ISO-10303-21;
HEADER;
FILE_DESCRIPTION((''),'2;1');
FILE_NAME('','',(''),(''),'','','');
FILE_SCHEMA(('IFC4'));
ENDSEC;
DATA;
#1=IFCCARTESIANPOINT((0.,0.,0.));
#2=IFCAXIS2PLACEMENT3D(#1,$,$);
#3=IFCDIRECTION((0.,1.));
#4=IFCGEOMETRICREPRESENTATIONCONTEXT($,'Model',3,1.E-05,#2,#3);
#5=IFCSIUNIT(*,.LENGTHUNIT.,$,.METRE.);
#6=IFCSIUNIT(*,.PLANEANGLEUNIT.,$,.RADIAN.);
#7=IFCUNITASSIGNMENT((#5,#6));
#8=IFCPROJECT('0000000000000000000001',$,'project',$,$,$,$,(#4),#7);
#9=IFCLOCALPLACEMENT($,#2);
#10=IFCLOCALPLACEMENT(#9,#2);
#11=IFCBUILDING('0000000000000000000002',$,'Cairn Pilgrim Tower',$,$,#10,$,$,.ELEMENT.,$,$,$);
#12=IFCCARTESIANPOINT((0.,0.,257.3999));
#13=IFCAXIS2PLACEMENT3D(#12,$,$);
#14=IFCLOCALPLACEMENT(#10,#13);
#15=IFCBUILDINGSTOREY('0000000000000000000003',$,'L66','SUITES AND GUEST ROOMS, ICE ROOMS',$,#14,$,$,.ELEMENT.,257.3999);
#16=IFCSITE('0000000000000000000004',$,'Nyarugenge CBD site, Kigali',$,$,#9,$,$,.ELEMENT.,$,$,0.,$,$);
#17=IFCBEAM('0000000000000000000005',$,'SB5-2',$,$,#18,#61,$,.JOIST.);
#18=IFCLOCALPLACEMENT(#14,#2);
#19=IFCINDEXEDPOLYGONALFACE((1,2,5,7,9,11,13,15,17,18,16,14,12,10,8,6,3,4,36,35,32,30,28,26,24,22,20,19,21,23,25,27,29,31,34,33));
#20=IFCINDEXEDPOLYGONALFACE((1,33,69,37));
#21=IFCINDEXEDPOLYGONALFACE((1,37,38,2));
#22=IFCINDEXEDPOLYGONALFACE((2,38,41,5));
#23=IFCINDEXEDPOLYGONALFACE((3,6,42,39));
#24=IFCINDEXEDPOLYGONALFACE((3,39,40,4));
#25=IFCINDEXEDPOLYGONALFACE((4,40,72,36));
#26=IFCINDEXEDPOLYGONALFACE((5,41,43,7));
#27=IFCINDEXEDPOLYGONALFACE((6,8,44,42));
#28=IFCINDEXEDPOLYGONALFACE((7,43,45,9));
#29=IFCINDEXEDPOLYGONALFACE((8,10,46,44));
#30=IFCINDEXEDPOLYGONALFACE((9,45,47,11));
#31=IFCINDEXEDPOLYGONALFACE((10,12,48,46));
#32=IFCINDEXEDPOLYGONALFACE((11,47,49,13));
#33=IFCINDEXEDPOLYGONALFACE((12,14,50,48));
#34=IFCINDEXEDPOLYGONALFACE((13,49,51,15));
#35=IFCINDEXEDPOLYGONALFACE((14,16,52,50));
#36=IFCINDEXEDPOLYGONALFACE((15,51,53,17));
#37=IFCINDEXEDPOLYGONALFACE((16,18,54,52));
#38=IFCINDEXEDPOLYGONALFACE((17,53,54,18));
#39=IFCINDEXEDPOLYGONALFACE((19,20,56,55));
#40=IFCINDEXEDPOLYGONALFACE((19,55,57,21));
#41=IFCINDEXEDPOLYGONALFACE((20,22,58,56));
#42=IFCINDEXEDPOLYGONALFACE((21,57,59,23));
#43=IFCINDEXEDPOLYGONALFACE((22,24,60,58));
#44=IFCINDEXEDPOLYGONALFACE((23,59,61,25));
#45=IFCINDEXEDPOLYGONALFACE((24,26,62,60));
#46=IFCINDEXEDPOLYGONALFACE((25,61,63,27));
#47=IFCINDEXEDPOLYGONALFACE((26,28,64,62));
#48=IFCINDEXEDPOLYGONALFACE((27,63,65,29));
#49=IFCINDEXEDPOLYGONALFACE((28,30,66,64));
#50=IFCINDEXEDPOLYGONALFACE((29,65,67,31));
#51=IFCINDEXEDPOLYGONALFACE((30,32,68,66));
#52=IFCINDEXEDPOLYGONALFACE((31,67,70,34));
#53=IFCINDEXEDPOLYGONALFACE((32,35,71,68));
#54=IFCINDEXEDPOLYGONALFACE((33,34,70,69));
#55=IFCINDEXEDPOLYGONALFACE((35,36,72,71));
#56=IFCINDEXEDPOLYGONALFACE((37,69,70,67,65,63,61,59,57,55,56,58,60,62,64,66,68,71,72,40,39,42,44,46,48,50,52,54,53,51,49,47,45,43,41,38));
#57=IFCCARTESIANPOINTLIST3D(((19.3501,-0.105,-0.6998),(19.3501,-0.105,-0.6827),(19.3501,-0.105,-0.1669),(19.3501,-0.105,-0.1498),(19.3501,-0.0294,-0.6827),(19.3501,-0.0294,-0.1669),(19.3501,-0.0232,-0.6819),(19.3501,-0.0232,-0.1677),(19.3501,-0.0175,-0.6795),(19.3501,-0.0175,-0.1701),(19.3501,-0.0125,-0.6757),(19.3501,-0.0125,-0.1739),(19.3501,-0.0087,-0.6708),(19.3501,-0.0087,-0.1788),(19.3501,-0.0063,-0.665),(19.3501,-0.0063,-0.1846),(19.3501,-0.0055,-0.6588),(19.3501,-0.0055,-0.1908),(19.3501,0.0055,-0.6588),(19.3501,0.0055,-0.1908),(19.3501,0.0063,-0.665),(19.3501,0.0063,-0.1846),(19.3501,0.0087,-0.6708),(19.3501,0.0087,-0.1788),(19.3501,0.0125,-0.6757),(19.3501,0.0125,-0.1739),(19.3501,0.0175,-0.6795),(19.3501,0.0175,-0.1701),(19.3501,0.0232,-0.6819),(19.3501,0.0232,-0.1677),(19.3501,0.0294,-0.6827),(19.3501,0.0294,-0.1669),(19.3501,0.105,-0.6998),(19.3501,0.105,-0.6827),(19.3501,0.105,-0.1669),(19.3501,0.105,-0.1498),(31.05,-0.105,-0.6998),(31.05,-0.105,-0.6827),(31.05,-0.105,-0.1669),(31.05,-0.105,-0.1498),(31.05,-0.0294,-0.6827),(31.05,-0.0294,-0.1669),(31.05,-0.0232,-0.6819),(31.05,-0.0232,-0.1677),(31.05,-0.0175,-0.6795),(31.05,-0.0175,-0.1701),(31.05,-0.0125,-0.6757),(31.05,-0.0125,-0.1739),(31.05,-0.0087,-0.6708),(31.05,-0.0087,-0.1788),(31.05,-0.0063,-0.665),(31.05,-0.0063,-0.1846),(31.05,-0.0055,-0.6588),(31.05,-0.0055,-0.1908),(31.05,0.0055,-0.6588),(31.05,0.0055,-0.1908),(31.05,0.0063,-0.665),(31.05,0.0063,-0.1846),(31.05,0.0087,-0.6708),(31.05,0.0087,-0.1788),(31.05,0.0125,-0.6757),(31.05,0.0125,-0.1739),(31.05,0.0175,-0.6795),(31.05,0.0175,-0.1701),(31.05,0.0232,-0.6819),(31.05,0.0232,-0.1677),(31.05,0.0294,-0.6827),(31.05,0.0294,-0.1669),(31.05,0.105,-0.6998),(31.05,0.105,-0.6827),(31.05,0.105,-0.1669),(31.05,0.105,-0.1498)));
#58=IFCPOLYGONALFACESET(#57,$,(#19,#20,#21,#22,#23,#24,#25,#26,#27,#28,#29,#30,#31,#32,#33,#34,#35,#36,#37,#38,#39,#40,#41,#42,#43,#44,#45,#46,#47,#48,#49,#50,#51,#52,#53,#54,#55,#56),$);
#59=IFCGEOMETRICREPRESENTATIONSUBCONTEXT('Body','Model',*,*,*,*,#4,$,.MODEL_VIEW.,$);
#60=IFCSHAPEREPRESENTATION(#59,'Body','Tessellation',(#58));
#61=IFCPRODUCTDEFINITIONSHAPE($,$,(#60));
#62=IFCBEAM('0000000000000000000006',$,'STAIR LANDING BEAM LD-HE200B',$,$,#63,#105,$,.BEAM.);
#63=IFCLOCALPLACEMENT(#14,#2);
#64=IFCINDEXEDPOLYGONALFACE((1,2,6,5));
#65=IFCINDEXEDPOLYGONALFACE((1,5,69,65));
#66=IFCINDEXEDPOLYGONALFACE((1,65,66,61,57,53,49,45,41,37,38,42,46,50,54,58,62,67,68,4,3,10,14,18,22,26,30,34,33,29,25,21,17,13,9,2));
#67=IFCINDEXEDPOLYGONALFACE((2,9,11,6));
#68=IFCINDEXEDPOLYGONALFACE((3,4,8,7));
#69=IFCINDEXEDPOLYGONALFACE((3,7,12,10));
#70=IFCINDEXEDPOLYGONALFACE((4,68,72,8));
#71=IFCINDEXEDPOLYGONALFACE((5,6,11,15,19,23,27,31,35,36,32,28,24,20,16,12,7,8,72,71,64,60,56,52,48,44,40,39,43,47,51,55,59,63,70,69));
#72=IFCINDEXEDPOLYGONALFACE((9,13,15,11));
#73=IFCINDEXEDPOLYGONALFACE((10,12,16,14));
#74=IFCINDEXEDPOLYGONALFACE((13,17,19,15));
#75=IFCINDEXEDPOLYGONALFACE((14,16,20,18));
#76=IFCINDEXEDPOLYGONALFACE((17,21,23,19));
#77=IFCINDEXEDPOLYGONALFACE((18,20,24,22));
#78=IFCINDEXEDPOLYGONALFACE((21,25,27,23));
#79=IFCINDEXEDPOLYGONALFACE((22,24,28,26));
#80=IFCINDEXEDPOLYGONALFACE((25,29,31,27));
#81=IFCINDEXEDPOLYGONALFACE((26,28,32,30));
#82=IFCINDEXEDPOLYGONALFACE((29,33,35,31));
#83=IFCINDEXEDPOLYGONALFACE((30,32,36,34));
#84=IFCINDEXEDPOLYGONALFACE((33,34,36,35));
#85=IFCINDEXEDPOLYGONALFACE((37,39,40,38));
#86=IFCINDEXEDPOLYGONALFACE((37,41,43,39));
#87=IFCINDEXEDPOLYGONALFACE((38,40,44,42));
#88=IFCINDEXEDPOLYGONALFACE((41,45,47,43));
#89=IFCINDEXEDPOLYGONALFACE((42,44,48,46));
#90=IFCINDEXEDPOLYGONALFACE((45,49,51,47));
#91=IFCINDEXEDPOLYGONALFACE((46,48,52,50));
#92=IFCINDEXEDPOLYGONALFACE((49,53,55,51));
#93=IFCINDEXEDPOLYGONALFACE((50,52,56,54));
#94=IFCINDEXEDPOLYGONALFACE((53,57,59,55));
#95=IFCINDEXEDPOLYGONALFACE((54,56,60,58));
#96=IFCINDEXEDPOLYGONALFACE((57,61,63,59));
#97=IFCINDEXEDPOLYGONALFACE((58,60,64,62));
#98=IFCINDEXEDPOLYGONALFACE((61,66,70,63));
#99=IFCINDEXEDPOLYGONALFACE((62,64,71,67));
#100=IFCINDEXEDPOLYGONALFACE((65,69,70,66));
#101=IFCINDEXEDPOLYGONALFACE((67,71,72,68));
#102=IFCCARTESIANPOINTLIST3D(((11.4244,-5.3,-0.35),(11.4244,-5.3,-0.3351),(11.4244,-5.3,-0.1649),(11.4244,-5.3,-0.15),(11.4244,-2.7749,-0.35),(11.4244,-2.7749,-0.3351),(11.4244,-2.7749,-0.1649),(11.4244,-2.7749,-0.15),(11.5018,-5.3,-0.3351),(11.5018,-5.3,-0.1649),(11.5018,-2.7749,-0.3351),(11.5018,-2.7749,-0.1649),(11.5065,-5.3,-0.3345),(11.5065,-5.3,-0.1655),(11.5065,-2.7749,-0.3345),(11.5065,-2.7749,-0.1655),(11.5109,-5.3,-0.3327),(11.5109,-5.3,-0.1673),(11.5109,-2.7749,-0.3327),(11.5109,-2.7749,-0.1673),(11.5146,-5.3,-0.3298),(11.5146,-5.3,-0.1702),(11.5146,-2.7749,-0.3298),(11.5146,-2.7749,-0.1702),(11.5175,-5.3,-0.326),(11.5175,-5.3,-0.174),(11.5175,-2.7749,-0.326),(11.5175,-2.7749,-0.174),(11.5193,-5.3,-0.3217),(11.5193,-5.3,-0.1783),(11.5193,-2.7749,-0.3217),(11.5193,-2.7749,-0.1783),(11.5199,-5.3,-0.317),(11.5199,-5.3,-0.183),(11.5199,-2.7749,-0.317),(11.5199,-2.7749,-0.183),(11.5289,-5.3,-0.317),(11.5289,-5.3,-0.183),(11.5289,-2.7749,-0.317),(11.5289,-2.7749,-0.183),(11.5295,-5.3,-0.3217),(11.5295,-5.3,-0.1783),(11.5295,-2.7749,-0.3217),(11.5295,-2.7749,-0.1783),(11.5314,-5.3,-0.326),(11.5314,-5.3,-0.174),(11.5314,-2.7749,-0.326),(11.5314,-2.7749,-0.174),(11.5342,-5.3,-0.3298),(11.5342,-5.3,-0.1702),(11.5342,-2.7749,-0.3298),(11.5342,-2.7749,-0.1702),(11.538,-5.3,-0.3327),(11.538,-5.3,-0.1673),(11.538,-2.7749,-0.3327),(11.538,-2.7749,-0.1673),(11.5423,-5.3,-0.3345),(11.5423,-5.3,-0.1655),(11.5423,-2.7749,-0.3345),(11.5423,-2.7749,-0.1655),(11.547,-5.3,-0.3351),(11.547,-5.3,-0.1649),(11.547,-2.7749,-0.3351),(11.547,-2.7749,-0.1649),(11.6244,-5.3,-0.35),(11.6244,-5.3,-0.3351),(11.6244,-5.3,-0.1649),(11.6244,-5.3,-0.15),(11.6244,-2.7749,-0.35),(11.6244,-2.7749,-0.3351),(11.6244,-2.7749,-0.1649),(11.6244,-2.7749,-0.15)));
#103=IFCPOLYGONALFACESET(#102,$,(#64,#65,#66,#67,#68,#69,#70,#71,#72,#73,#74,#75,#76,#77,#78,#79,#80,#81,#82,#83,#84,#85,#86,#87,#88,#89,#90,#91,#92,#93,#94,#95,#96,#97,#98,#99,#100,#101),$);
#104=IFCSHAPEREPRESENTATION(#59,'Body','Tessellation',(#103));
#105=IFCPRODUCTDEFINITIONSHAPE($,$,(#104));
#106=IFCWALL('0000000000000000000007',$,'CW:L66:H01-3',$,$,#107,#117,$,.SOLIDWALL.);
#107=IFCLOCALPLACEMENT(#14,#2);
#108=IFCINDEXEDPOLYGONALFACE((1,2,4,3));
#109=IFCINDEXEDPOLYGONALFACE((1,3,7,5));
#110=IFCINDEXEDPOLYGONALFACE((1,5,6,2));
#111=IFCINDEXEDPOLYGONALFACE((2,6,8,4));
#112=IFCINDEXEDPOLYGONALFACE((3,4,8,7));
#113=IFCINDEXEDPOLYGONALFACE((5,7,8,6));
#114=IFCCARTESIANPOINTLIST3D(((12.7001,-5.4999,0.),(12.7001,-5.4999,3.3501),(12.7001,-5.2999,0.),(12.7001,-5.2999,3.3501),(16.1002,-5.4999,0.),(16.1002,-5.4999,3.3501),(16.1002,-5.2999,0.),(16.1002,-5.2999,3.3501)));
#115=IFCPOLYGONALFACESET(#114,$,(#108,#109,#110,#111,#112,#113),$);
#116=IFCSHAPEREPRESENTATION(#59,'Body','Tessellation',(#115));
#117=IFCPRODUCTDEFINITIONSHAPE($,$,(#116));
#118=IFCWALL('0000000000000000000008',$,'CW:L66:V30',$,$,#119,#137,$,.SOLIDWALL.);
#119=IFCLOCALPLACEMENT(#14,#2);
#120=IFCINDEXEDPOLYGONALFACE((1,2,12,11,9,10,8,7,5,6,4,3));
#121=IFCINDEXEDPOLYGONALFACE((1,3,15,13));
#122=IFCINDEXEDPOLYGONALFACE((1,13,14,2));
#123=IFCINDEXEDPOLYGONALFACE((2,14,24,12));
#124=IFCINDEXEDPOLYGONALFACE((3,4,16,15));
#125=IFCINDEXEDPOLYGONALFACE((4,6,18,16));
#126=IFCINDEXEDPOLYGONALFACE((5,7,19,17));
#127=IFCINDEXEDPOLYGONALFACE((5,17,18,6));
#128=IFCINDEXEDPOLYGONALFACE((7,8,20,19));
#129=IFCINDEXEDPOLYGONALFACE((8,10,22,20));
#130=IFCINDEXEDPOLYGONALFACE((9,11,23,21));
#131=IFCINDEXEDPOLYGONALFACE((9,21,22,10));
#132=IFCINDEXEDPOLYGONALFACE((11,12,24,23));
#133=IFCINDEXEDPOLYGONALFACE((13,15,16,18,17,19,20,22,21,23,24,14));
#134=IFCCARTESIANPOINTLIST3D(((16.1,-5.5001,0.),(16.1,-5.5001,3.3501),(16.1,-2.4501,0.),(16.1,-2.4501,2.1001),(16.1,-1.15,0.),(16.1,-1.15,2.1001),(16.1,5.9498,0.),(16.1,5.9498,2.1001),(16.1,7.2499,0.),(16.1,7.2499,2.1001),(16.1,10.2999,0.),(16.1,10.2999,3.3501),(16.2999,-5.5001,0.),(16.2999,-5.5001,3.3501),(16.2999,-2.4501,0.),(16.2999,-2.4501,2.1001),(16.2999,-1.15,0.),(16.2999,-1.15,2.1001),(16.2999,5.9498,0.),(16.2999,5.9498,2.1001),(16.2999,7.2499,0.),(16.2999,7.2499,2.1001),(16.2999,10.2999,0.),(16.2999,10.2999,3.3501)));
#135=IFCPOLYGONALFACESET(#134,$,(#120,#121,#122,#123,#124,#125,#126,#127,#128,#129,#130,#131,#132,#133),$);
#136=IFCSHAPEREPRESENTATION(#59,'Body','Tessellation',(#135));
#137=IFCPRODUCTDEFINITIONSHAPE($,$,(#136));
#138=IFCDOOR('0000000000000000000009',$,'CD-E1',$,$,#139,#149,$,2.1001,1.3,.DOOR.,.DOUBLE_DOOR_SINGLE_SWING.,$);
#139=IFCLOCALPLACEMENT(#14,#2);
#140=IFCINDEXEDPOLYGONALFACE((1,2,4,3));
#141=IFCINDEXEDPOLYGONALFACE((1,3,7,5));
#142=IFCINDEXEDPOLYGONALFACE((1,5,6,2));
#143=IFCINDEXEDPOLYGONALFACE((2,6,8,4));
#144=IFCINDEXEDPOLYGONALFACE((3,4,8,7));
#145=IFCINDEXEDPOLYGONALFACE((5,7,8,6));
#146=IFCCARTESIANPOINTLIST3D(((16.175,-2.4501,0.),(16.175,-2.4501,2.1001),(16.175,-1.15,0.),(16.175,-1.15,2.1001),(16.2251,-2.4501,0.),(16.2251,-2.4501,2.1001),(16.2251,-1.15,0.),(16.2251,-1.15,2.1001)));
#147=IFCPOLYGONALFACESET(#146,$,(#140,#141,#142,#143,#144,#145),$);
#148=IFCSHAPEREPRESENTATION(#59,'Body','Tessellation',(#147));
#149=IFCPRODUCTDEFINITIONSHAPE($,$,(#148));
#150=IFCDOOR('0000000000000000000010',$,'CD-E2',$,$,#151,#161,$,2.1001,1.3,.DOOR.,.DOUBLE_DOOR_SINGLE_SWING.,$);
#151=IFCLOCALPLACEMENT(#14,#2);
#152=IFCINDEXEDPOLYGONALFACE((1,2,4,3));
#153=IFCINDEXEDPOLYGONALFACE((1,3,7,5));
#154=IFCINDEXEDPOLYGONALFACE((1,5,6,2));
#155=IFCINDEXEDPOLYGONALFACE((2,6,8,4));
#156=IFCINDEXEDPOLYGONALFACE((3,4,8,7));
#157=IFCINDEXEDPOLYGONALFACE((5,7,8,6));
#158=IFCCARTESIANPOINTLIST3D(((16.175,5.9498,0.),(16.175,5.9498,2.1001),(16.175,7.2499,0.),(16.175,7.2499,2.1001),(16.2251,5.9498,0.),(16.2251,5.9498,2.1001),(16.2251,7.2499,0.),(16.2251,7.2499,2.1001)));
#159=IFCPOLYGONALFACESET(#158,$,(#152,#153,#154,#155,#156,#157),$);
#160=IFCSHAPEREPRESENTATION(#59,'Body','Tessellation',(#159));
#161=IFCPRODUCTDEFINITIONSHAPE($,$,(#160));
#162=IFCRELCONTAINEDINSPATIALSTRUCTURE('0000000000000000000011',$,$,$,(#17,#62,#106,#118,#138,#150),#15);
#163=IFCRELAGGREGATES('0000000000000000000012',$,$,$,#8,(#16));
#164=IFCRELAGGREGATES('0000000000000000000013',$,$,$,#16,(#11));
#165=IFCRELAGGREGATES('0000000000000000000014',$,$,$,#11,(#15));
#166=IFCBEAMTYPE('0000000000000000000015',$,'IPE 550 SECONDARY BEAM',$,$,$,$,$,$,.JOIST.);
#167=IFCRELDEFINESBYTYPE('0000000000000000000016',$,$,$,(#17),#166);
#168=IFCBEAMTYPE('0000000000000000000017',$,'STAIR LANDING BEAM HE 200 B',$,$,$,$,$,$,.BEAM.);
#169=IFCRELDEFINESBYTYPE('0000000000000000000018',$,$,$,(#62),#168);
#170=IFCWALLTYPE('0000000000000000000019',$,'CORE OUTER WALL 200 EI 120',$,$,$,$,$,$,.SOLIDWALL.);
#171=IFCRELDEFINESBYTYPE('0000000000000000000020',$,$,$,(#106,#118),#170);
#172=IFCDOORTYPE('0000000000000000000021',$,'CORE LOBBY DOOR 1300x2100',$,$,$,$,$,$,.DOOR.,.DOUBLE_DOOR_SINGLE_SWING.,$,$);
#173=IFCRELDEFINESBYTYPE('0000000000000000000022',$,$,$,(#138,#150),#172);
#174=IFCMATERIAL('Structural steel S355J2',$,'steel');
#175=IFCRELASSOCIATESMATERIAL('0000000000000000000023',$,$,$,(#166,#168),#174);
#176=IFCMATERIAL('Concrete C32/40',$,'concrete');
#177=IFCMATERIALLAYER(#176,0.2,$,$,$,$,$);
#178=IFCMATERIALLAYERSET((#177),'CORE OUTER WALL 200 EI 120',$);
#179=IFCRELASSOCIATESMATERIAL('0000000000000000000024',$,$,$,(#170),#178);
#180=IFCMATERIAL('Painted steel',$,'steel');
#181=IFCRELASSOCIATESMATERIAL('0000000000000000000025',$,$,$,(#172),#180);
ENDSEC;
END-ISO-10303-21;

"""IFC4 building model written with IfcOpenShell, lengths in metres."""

from ifc_helpers import new_model, si_unit, direction, frame, frame_2d, origin, origin_2d, place, context, subcontext, project, spatial, rectangle, i_section, extrude, material, layer, layer_set, material_profile, profile_set, type_object, element, fill, save


model = new_model("IFC4")

# Units and contexts
model_context = context("Model", 3, precision=1e-05, world=origin(), true_north=direction((0.0, 1.0)))
body_context = subcontext(model_context, "Body", "Model", "MODEL_VIEW")
ifc_project = project(units=[si_unit("LENGTHUNIT", "METRE"), si_unit("PLANEANGLEUNIT", "RADIAN")], contexts=[model_context])

# Site, building, storey
site_placement = place(None, origin())
site = spatial("IfcSite", under=ifc_project, at=site_placement, Name="Nyarugenge CBD site, Kigali", CompositionType="ELEMENT", RefElevation=0.0)
building_placement = place(site_placement, origin())
building = spatial("IfcBuilding", under=site, at=building_placement, Name="Cairn Pilgrim Tower", CompositionType="ELEMENT")
storey_placement = place(building_placement, frame((0.0, 0.0, 257.3999)))
storey = spatial("IfcBuildingStorey", under=building, at=storey_placement, Name="L66", Description="SUITES AND GUEST ROOMS, ICE ROOMS", CompositionType="ELEMENT", Elevation=257.3999)

# Shared definitions
ifc_material_1 = material(Name="Structural steel S355J2", Category="steel")

# Beams
ifc_material_profile_1 = material_profile(ifc_material_1, i_section(OverallWidth=0.21, OverallDepth=0.55, WebThickness=0.011, FlangeThickness=0.0171, FilletRadius=0.0239, at=origin_2d()), Name="IPE 550")
ifc_profile_set_1 = profile_set([ifc_material_profile_1], Name="Structural steel S355J2")
beam_type_1 = type_object("IfcBeamType", Name="IPE 550 SECONDARY BEAM", PredefinedType="JOIST", material=ifc_profile_set_1)
for number, where, z_axis, x_axis, name in (
    (1, (19.3501, 0.0, -0.4248), (1.0, 0.0, 0.0), (0.0, 1.0, 0.0), "SB5-2"),
):
    element("IfcBeam", number, at=place(storey_placement, frame(where, z_axis=z_axis, x_axis=x_axis)), inside=storey, type_object=beam_type_1, Name=name, PredefinedType="JOIST", context=body_context, shape_type="SweptSolid", body=[
        extrude(i_section(OverallWidth=0.21, OverallDepth=0.55, WebThickness=0.011, FlangeThickness=0.0171, FilletRadius=0.0239, at=origin_2d()), origin(), (0.0, 0.0, 1.0), 11.7),
    ])
ifc_material_profile_2 = material_profile(ifc_material_1, i_section(OverallWidth=0.2, OverallDepth=0.2, WebThickness=0.009, FlangeThickness=0.0149, FilletRadius=0.0181, at=origin_2d()), Name="HE 200 B")
ifc_profile_set_2 = profile_set([ifc_material_profile_2], Name="Structural steel S355J2")
beam_type_2 = type_object("IfcBeamType", Name="STAIR LANDING BEAM HE 200 B", PredefinedType="BEAM", material=ifc_profile_set_2)
beam_1_placement = place(storey_placement, frame((11.5244, -2.7749, -0.25), z_axis=(0.0, -1.0, 0.0), x_axis=(1.0, 0.0, 0.0)))
element("IfcBeam", 2, at=beam_1_placement, inside=storey, type_object=beam_type_2, Name="STAIR LANDING BEAM LD-HE200B", PredefinedType="BEAM", context=body_context, shape_type="SweptSolid", body=[
    extrude(i_section(OverallWidth=0.2, OverallDepth=0.2, WebThickness=0.009, FlangeThickness=0.0149, FilletRadius=0.0181, at=origin_2d()), origin(), (0.0, 0.0, 1.0), 2.5251),
])

# Wall
ifc_material_2 = material(Name="Concrete C32/40", Category="concrete")
ifc_layer_1 = layer(ifc_material_2, 0.2)
ifc_layer_set_1 = layer_set([ifc_layer_1], Name="CORE OUTER WALL 200 EI 120")
wall_type_1 = type_object("IfcWallType", Name="CORE OUTER WALL 200 EI 120", PredefinedType="SOLIDWALL", material=ifc_layer_set_1)
wall_1_placement = place(storey_placement, frame((12.7, -5.3999, 0.0), z_axis=(0.0, 0.0, 1.0), x_axis=(1.0, 0.0, 0.0)))
element("IfcWall", 3, at=wall_1_placement, inside=storey, type_object=wall_type_1, Name="CW:L66:H01-3", PredefinedType="SOLIDWALL", context=body_context, shape_type="SweptSolid", body=[
    extrude(rectangle(XDim=3.4001, YDim=0.2, at=frame_2d((1.7002, 0.0))), origin(), (0.0, 0.0, 1.0), 3.3501),
])

# Wall, openings, doors
wall_2_placement = place(storey_placement, frame((16.2, -5.5, 0.0), z_axis=(0.0, 0.0, 1.0), x_axis=(0.0, 1.0, 0.0)))
wall_2 = element("IfcWall", 4, at=wall_2_placement, inside=storey, type_object=wall_type_1, Name="CW:L66:V30", PredefinedType="SOLIDWALL", context=body_context, shape_type="SweptSolid", body=[
    extrude(rectangle(XDim=15.8, YDim=0.2, at=frame_2d((7.8999, 0.0))), origin(), (0.0, 0.0, 1.0), 3.3501),
])
opening_1_placement = place(wall_2_placement, frame((3.05, 0.0, 0.0)))
opening_1 = element("IfcOpeningElement", 5, at=opening_1_placement, cuts=wall_2, PredefinedType="OPENING", context=body_context, shape_type="SweptSolid", body=[
    extrude(rectangle(XDim=1.3, YDim=2.1001, at=frame_2d((0.6499, 1.05))), frame((0.0, 0.1099, 0.0), z_axis=(0.0, -1.0, 0.0), x_axis=(1.0, 0.0, 0.0)), (0.0, 0.0, 1.0), 0.22),
])
opening_2_placement = place(wall_2_placement, frame((11.45, 0.0, 0.0)))
opening_2 = element("IfcOpeningElement", 6, at=opening_2_placement, cuts=wall_2, PredefinedType="OPENING", context=body_context, shape_type="SweptSolid", body=[
    extrude(rectangle(XDim=1.3, YDim=2.1001, at=frame_2d((0.6499, 1.05))), frame((0.0, 0.1099, 0.0), z_axis=(0.0, -1.0, 0.0), x_axis=(1.0, 0.0, 0.0)), (0.0, 0.0, 1.0), 0.22),
])
ifc_material_3 = material(Name="Painted steel", Category="steel")
door_type_1 = type_object("IfcDoorType", Name="CORE LOBBY DOOR 1300x2100", OperationType="DOUBLE_DOOR_SINGLE_SWING", PredefinedType="DOOR", material=ifc_material_3)
door_1_placement = place(opening_1_placement, origin())
door_1 = element("IfcDoor", 7, at=door_1_placement, inside=storey, type_object=door_type_1, Name="CD-E1", OperationType="DOUBLE_DOOR_SINGLE_SWING", OverallHeight=2.1001, OverallWidth=1.3, PredefinedType="DOOR", context=body_context, shape_type="SweptSolid", body=[
    extrude(rectangle(XDim=1.3, YDim=2.1001, at=frame_2d((0.6499, 1.05))), frame((0.0, 0.0249, 0.0), z_axis=(0.0, -1.0, 0.0), x_axis=(1.0, 0.0, 0.0)), (0.0, 0.0, 1.0), 0.05),
])
fill(opening_1, door_1)
door_2_placement = place(opening_2_placement, origin())
door_2 = element("IfcDoor", 8, at=door_2_placement, inside=storey, type_object=door_type_1, Name="CD-E2", OperationType="DOUBLE_DOOR_SINGLE_SWING", OverallHeight=2.1001, OverallWidth=1.3, PredefinedType="DOOR", context=body_context, shape_type="SweptSolid", body=[
    extrude(rectangle(XDim=1.3, YDim=2.1001, at=frame_2d((0.6499, 1.05))), frame((0.0, 0.0249, 0.0), z_axis=(0.0, -1.0, 0.0), x_axis=(1.0, 0.0, 0.0)), (0.0, 0.0, 1.0), 0.05),
])
fill(opening_2, door_2)

save(model, "model.ifc")
